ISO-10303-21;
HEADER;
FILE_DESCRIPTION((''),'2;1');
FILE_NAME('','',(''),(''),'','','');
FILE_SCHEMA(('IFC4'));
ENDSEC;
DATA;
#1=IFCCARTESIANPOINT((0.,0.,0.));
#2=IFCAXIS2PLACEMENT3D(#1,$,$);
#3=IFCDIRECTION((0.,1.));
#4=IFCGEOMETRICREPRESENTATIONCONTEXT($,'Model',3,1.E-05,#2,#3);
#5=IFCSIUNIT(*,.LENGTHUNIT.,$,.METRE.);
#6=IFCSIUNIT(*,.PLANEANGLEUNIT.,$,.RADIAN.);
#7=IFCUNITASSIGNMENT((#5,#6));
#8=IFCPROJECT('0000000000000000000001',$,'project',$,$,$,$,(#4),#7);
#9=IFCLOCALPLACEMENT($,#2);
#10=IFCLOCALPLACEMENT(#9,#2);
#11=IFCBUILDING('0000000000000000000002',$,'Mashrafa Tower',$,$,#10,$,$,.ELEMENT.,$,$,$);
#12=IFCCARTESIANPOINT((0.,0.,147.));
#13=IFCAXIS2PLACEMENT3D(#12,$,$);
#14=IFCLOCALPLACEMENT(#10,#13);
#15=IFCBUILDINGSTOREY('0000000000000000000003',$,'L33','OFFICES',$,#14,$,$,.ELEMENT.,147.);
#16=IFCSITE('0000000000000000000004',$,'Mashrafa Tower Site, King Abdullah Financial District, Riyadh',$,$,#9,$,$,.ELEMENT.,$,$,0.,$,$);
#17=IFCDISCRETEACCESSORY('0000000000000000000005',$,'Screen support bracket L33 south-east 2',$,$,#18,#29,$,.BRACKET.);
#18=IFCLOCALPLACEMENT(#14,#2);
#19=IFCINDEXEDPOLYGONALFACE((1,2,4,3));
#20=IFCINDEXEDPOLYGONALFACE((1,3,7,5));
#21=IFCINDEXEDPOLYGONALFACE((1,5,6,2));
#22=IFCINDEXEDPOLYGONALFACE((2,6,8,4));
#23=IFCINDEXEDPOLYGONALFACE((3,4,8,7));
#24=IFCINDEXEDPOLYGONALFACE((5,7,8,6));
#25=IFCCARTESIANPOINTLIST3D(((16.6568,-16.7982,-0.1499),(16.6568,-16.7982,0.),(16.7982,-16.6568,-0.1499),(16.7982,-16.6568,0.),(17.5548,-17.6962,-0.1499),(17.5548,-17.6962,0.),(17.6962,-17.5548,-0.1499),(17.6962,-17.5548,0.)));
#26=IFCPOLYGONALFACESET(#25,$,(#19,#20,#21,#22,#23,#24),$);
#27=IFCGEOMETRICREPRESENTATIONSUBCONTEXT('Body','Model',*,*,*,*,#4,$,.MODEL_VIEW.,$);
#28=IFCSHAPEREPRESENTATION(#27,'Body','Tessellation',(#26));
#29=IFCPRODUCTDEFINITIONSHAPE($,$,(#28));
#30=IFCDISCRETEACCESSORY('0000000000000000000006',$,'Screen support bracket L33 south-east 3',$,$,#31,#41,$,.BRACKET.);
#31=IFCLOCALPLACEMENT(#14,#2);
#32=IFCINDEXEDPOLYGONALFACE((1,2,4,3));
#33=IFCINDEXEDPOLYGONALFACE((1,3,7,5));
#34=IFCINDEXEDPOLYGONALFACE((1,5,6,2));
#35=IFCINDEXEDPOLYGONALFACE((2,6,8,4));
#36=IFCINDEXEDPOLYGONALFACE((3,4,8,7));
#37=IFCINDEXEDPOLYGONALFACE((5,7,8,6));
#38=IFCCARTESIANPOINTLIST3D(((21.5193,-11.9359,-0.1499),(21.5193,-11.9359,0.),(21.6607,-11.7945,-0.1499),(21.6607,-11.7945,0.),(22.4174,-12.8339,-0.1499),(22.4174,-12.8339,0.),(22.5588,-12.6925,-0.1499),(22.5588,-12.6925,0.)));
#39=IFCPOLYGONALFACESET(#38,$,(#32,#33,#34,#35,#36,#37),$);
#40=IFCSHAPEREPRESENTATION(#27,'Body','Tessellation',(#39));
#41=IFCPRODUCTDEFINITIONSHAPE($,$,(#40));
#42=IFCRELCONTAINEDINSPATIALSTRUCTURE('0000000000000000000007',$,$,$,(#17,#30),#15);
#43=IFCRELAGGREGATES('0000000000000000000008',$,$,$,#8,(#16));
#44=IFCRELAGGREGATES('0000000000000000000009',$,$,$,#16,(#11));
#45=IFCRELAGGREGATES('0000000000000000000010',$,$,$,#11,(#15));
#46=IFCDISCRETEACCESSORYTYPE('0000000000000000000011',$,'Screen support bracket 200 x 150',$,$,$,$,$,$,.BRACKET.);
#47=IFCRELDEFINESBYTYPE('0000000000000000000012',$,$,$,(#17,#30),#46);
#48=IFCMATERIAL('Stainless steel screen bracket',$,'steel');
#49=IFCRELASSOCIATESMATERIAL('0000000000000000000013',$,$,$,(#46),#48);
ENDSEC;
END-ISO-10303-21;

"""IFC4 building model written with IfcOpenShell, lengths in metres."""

from ifc_helpers import new_model, si_unit, direction, frame, origin, origin_2d, place, context, subcontext, project, spatial, rectangle, extrude, source, transform, mapped, material, type_object, type_shapes, element, save


model = new_model("IFC4")

# Units and contexts
model_context = context("Model", 3, precision=1e-05, world=origin(), true_north=direction((0.0, 1.0)))
body_context = subcontext(model_context, "Body", "Model", "MODEL_VIEW")
ifc_project = project(units=[si_unit("LENGTHUNIT", "METRE"), si_unit("PLANEANGLEUNIT", "RADIAN")], contexts=[model_context])

# Site, building, storey
site_placement = place(None, origin())
site = spatial("IfcSite", under=ifc_project, at=site_placement, Name="Mashrafa Tower Site, King Abdullah Financial District, Riyadh", CompositionType="ELEMENT", RefElevation=0.0)
building_placement = place(site_placement, origin())
building = spatial("IfcBuilding", under=site, at=building_placement, Name="Mashrafa Tower", CompositionType="ELEMENT")
storey_placement = place(building_placement, frame((0.0, 0.0, 147.0)))
storey = spatial("IfcBuildingStorey", under=building, at=storey_placement, Name="L33", Description="OFFICES", CompositionType="ELEMENT", Elevation=147.0)

# Discrete accessories
ifc_material_1 = material(Name="Stainless steel screen bracket", Category="steel")
discrete_accessory_type = type_object("IfcDiscreteAccessoryType", Name="Screen support bracket 200 x 150", PredefinedType="BRACKET", material=ifc_material_1)
shared_shape_1 = source(origin(), body_context, "Body", "SweptSolid", [
    extrude(rectangle(XDim=0.2, YDim=1.27, at=origin_2d()), origin(), (0.0, 0.0, 1.0), 0.1499),
])
type_shapes(discrete_accessory_type, [shared_shape_1])
for number, where, z_axis, x_axis, name in (
    (1, (17.1765, -17.1765, -0.1499), (0.0, 0.0, 1.0), (0.707107, 0.707107, 0.0), "Screen support bracket L33 south-east 2"),
    (2, (22.0391, -12.3142, -0.1499), (0.0, 0.0, 1.0), (0.707107, 0.707107, 0.0), "Screen support bracket L33 south-east 3"),
):
    element("IfcDiscreteAccessory", number, at=place(storey_placement, frame(where, z_axis=z_axis, x_axis=x_axis)), inside=storey, type_object=discrete_accessory_type, Name=name, PredefinedType="BRACKET", context=body_context, shape_type="MappedRepresentation", body=[
        mapped(shared_shape_1, transform((0.0, 0.0, 0.0))),
    ])

save(model, "model.ifc")
